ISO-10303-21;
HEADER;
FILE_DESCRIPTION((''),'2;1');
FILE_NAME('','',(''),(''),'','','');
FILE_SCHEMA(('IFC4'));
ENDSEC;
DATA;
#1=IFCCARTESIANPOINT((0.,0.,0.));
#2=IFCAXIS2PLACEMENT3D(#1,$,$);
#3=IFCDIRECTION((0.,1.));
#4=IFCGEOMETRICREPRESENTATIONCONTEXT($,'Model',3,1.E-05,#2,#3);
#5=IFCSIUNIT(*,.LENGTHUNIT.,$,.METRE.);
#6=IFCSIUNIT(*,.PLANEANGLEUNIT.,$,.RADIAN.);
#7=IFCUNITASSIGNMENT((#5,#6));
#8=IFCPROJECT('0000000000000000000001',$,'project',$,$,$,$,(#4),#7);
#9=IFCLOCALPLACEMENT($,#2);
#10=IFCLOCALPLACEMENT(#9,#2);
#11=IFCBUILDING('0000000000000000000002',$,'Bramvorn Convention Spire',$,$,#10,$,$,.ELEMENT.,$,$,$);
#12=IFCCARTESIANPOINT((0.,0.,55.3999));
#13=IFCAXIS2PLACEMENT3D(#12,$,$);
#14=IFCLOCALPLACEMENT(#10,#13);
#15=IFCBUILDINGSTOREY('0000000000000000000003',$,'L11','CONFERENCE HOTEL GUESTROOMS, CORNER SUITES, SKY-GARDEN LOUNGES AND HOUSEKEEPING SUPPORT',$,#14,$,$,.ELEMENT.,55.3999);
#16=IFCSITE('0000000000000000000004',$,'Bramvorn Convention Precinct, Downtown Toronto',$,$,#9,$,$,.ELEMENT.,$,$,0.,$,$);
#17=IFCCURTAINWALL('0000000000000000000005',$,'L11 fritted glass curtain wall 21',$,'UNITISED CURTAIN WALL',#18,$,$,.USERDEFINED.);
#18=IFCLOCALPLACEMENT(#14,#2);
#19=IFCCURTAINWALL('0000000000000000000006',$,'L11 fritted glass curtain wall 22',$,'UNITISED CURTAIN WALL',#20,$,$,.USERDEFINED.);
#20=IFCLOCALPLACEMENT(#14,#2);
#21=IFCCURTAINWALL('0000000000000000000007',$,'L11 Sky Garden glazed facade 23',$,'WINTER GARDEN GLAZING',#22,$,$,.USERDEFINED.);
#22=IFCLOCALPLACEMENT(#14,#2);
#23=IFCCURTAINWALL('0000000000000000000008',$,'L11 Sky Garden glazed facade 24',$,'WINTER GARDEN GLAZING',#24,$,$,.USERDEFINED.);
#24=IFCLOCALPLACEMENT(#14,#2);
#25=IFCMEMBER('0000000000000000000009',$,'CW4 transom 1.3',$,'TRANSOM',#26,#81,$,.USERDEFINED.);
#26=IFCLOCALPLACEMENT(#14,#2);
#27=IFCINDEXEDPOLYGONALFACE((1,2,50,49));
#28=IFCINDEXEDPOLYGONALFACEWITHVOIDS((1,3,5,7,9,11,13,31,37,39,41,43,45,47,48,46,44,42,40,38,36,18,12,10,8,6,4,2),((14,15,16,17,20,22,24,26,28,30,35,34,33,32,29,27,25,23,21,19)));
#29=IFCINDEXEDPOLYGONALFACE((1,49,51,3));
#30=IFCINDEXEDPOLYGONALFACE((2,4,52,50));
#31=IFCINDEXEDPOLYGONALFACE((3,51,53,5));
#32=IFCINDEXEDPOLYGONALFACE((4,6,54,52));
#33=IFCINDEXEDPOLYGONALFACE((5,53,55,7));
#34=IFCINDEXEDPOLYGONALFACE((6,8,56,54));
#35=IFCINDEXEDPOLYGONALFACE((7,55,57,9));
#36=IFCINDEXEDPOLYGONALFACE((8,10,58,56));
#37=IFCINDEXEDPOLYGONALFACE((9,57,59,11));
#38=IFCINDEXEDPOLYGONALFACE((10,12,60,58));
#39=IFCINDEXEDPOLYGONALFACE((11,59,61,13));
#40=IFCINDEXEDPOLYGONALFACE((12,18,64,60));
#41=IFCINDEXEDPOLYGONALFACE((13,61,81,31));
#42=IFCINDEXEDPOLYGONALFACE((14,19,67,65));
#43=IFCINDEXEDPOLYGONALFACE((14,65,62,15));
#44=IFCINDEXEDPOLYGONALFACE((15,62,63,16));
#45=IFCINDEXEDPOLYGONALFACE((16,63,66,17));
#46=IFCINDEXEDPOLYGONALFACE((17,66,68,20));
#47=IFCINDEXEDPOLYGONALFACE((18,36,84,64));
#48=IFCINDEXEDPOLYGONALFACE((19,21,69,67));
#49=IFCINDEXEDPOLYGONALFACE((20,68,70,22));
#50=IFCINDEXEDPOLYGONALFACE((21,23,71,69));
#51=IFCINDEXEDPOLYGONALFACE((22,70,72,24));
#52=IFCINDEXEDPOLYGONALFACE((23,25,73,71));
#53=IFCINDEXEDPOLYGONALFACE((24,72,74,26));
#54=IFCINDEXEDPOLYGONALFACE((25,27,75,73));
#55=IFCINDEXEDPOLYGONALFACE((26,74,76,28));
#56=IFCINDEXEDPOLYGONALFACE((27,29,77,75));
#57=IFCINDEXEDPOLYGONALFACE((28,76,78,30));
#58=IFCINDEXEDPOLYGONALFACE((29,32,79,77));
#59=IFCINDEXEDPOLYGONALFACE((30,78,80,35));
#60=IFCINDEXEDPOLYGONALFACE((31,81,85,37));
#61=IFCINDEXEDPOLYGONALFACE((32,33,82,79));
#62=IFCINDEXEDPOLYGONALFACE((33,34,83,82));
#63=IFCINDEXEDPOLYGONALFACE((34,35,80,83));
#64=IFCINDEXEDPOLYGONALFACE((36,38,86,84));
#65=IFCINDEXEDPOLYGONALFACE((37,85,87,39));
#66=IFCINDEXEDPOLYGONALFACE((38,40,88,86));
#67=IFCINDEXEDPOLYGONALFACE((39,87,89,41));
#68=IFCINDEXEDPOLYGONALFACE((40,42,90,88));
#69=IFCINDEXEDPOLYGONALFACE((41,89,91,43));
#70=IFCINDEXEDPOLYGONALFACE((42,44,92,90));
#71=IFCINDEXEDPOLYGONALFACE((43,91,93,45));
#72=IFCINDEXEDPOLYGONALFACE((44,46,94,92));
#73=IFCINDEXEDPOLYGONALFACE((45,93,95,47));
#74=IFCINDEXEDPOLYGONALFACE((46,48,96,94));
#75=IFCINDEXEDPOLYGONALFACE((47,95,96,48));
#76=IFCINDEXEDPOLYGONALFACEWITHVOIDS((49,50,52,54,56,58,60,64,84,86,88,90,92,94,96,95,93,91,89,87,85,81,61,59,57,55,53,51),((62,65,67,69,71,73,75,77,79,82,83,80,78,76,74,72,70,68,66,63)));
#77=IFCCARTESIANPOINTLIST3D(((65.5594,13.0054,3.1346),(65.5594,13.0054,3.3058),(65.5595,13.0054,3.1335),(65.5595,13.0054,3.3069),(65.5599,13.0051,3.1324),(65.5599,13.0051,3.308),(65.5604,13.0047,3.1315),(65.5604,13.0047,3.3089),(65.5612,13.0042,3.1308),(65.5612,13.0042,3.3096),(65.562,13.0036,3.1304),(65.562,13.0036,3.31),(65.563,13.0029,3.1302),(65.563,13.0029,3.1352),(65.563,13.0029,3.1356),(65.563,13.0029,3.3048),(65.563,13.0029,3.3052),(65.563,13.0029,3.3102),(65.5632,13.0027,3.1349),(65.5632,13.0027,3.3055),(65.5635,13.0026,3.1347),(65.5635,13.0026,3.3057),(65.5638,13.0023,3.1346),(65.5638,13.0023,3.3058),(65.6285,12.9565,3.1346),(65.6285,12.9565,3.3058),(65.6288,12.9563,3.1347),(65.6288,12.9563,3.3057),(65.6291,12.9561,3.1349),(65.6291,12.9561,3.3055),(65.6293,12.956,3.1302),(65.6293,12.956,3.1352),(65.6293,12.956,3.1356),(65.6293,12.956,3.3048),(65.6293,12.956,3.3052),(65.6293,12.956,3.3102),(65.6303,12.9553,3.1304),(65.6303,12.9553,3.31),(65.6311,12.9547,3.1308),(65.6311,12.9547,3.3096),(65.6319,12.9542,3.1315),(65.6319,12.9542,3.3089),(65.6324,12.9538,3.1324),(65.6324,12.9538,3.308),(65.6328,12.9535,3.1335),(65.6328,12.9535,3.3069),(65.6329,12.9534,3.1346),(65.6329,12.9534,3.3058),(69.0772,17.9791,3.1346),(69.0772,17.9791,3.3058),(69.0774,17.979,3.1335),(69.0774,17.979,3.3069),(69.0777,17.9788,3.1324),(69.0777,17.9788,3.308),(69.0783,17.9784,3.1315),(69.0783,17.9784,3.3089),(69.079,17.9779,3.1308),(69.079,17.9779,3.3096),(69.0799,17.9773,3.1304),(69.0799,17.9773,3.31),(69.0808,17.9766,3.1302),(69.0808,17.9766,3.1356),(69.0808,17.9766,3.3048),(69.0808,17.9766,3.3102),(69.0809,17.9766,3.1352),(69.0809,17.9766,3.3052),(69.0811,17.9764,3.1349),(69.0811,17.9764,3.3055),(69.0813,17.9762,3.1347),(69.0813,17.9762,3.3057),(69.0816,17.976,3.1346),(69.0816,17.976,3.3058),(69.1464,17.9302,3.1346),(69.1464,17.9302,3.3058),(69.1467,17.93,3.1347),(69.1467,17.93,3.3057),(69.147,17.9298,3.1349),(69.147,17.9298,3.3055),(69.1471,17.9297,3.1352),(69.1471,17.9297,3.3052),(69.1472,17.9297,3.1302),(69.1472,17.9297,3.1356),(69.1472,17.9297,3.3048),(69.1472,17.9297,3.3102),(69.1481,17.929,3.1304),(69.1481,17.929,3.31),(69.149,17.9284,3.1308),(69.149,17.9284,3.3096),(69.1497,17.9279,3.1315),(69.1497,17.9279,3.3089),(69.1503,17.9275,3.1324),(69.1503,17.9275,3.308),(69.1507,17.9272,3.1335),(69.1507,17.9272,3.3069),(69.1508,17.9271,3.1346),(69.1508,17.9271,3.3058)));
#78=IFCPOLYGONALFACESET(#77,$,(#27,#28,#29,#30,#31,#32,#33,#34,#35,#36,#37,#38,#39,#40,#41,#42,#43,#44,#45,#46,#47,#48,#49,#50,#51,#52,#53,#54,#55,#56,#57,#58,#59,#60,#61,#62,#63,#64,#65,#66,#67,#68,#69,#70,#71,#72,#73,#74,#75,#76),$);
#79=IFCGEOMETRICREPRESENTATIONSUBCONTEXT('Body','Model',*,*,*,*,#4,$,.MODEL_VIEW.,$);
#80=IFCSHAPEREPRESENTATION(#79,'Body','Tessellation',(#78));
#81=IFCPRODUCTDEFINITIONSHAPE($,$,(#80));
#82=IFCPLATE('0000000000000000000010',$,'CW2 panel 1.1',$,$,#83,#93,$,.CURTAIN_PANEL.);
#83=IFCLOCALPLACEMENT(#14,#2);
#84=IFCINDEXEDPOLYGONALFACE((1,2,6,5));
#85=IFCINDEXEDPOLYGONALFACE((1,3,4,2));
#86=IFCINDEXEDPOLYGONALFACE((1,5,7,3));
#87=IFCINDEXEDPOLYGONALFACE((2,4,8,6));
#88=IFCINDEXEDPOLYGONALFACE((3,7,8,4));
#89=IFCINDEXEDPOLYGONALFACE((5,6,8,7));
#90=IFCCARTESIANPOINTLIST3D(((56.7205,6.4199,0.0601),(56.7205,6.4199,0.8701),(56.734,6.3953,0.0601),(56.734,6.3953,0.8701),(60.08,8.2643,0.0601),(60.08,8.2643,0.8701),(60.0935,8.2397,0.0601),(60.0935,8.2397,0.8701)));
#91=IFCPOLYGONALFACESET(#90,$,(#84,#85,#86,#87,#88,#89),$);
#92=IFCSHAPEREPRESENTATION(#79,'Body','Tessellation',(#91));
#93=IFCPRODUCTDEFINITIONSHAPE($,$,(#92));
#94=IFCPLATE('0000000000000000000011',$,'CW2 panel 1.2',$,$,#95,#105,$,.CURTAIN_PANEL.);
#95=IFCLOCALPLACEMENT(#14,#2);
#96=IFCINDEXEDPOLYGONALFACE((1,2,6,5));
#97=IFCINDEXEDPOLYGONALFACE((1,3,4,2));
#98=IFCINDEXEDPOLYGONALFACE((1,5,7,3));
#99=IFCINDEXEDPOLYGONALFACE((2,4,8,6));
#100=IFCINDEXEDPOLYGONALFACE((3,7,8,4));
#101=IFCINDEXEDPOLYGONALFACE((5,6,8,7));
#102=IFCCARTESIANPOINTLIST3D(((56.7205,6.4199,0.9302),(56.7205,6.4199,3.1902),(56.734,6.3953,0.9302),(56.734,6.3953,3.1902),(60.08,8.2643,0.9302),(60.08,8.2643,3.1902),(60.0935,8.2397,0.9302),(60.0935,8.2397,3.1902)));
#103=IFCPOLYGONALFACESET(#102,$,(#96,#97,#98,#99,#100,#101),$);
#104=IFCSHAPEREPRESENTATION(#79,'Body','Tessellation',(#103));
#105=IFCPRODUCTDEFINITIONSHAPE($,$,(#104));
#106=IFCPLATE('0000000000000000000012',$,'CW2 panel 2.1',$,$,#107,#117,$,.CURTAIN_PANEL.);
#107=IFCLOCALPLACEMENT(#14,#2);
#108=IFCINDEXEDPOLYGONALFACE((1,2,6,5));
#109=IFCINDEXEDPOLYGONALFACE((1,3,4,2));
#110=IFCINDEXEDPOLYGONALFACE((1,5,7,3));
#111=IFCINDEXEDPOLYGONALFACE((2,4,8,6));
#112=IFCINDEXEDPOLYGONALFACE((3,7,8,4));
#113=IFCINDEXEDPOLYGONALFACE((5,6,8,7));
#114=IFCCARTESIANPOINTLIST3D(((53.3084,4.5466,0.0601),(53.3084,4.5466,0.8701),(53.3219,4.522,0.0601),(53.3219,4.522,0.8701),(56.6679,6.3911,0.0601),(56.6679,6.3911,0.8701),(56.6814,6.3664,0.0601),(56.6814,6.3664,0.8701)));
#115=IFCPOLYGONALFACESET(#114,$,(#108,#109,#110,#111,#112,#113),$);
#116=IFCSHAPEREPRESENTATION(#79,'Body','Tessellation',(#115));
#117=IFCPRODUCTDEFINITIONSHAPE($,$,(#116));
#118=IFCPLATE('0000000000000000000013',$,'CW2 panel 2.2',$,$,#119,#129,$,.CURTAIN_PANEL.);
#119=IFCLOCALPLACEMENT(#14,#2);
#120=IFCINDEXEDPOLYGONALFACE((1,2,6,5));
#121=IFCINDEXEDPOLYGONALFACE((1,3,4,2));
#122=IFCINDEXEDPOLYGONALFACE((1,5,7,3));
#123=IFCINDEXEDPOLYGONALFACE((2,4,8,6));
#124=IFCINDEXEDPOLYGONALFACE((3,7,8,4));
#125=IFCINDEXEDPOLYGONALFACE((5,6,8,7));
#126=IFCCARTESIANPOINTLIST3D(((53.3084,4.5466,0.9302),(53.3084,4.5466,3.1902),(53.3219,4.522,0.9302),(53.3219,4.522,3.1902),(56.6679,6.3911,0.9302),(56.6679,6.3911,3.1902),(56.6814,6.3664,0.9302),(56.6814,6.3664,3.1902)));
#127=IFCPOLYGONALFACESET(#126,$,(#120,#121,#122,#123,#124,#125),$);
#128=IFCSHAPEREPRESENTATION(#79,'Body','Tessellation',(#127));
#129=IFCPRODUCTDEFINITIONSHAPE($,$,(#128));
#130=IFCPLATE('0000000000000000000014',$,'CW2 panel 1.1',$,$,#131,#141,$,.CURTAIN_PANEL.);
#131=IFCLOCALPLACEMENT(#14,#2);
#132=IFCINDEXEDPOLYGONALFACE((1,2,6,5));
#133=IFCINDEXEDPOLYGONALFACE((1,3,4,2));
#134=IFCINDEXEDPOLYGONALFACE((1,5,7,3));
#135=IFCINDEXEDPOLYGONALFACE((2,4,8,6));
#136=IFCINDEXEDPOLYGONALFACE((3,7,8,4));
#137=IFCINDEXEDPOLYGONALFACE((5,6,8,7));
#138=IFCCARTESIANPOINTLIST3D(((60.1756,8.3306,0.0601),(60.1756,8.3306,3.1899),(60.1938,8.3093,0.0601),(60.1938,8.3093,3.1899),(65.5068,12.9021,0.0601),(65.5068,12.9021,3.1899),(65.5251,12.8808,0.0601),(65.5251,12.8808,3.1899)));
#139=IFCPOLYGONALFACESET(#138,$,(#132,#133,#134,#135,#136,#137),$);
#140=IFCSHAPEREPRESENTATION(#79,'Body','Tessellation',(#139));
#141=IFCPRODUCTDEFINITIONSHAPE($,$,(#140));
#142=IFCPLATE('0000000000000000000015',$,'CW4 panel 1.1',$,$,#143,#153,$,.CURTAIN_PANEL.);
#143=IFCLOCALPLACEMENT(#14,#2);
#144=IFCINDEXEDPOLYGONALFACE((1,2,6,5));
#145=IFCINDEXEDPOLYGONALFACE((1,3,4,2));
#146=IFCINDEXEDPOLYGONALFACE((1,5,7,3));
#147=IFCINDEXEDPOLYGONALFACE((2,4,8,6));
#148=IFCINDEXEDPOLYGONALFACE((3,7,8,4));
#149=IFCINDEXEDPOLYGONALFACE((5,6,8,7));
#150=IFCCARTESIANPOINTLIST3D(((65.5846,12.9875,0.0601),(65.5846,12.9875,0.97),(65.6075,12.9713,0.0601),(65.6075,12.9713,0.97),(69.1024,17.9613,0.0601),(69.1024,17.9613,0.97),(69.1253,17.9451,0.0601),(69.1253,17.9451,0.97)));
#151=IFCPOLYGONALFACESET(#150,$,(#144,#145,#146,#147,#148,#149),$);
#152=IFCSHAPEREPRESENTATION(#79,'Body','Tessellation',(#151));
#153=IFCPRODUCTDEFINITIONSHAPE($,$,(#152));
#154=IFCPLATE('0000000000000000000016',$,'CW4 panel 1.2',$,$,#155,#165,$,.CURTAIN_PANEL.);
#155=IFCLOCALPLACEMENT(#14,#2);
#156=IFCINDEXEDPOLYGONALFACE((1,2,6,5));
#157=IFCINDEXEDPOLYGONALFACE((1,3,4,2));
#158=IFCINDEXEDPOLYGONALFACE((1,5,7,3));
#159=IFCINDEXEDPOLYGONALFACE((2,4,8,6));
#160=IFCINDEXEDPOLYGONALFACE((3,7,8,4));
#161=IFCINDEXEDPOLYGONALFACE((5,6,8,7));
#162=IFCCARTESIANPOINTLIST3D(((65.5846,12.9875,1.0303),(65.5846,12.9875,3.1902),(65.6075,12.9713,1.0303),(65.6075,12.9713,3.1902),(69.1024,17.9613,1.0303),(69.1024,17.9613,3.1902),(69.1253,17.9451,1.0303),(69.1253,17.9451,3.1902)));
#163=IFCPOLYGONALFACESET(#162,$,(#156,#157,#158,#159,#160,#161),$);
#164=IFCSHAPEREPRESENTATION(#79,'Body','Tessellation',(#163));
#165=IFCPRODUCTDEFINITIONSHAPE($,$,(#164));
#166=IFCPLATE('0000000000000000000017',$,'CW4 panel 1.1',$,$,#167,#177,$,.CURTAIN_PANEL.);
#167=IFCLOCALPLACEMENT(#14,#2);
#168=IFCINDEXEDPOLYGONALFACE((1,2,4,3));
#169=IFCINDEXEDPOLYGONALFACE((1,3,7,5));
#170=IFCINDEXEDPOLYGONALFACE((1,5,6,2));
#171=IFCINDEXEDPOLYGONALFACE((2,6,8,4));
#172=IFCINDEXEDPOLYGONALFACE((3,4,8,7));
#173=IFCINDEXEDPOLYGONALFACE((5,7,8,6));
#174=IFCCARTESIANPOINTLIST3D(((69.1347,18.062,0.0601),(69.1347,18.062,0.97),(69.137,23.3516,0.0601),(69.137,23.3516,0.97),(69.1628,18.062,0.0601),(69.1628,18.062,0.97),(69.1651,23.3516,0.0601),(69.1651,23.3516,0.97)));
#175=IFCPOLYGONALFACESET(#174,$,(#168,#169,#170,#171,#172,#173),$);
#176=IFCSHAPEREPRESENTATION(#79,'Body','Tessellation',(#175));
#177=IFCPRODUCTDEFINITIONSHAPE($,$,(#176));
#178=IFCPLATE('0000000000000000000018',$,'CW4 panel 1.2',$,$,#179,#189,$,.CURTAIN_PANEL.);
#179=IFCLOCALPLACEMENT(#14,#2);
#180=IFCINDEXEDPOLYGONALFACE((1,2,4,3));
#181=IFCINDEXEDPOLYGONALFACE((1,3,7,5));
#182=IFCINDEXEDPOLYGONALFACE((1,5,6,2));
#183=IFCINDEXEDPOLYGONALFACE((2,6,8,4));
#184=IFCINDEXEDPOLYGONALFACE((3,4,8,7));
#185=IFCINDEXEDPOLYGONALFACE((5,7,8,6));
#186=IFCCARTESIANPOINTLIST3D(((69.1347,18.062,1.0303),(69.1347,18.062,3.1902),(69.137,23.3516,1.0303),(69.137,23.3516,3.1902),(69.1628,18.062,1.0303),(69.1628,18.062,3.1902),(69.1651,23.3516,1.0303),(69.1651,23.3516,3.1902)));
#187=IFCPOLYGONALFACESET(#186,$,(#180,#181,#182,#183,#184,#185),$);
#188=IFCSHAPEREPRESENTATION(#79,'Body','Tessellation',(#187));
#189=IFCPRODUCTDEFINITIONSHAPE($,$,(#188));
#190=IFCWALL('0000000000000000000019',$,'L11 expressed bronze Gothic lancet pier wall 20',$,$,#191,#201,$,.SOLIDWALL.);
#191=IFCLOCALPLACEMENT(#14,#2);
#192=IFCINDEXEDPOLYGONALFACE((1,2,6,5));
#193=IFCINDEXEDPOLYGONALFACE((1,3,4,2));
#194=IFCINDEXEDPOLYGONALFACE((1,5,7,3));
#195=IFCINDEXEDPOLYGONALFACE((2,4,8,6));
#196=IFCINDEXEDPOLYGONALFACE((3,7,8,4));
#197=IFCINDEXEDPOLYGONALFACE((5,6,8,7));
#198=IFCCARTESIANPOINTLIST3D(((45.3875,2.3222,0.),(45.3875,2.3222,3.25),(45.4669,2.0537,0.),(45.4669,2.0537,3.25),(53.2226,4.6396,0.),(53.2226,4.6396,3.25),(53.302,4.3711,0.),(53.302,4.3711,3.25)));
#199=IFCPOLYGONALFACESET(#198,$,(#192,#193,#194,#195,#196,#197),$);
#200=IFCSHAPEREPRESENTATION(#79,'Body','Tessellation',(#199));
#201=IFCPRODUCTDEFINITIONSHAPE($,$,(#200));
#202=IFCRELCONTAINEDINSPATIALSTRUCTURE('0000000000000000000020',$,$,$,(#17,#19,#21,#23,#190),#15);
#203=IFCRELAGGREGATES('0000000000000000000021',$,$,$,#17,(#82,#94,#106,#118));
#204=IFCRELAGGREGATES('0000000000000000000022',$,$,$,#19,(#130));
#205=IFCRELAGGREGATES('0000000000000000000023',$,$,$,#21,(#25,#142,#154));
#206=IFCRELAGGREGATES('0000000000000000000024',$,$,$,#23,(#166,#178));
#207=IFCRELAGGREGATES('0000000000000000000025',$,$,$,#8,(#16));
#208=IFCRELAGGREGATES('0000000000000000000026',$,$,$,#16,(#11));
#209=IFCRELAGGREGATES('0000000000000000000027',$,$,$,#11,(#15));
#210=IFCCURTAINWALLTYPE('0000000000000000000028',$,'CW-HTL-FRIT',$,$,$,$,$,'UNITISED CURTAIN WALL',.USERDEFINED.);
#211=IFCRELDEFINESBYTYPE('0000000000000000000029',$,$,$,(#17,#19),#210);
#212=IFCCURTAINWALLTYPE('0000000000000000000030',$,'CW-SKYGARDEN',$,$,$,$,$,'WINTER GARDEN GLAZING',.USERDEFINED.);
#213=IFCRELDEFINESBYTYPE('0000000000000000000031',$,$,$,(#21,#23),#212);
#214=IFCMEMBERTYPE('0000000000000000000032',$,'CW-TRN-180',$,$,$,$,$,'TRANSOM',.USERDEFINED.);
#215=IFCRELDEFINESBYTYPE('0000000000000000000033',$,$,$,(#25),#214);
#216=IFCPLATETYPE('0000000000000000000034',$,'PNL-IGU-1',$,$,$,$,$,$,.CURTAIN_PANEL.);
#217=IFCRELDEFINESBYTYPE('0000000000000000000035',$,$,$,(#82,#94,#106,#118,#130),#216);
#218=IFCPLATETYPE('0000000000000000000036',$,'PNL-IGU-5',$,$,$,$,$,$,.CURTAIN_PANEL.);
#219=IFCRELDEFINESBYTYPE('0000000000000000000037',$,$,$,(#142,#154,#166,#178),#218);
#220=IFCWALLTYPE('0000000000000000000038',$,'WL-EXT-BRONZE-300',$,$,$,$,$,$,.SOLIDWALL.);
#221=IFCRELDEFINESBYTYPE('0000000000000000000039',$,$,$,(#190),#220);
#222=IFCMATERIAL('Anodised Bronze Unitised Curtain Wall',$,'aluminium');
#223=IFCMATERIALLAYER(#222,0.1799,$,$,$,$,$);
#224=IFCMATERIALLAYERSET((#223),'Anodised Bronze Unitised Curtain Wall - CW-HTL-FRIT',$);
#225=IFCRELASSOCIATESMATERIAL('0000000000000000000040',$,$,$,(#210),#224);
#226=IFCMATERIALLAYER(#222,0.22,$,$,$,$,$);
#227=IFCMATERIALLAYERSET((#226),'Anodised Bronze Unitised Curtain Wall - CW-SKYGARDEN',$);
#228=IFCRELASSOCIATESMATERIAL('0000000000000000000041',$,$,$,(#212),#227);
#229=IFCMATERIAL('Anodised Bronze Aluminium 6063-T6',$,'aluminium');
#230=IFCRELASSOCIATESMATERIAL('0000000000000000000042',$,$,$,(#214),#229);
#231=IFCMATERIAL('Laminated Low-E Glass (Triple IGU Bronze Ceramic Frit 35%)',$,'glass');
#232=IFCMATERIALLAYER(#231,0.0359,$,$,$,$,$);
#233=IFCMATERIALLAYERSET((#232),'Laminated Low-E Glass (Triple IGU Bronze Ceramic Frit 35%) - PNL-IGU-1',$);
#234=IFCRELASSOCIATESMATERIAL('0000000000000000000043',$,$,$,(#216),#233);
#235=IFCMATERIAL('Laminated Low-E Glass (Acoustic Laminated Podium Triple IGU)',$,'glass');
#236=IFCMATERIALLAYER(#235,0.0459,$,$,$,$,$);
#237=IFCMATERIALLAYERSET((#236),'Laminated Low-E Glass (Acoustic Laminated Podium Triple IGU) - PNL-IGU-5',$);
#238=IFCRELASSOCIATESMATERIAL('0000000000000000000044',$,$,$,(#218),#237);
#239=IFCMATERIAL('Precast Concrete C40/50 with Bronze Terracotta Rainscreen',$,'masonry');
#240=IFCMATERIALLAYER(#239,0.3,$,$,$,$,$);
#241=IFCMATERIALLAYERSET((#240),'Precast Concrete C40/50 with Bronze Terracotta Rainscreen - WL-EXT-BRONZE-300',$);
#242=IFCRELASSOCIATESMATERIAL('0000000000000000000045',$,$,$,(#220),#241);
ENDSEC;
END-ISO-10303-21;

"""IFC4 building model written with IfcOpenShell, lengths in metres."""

from ifc_helpers import new_model, si_unit, direction, frame, frame_2d, origin, origin_2d, place, context, subcontext, project, spatial, rectangle, hollow_rectangle, extrude, material, layer, layer_set, material_profile, profile_set, type_object, element, aggregate, save


model = new_model("IFC4")

# Units and contexts
model_context = context("Model", 3, precision=1e-05, world=origin(), true_north=direction((0.0, 1.0)))
body_context = subcontext(model_context, "Body", "Model", "MODEL_VIEW")
ifc_project = project(units=[si_unit("LENGTHUNIT", "METRE"), si_unit("PLANEANGLEUNIT", "RADIAN")], contexts=[model_context])

# Site, building, storey
site_placement = place(None, origin())
site = spatial("IfcSite", under=ifc_project, at=site_placement, Name="Bramvorn Convention Precinct, Downtown Toronto", CompositionType="ELEMENT", RefElevation=0.0)
building_placement = place(site_placement, origin())
building = spatial("IfcBuilding", under=site, at=building_placement, Name="Bramvorn Convention Spire", CompositionType="ELEMENT")
storey_placement = place(building_placement, frame((0.0, 0.0, 55.3999)))
storey = spatial("IfcBuildingStorey", under=building, at=storey_placement, Name="L11", Description="CONFERENCE HOTEL GUESTROOMS, CORNER SUITES, SKY-GARDEN LOUNGES AND HOUSEKEEPING SUPPORT", CompositionType="ELEMENT", Elevation=55.3999)

# Curtain walls
ifc_material_1 = material(Name="Anodised Bronze Unitised Curtain Wall", Category="aluminium")
ifc_layer_1 = layer(ifc_material_1, 0.1799)
ifc_layer_set_1 = layer_set([ifc_layer_1], Name="Anodised Bronze Unitised Curtain Wall - CW-HTL-FRIT")
curtain_wall_type_1 = type_object("IfcCurtainWallType", Name="CW-HTL-FRIT", ElementType="UNITISED CURTAIN WALL", PredefinedType="USERDEFINED", material=ifc_layer_set_1)
curtain_wall_1_placement = place(storey_placement, origin())
curtain_wall_1 = element("IfcCurtainWall", 1, at=curtain_wall_1_placement, inside=storey, type_object=curtain_wall_type_1, Name="L11 fritted glass curtain wall 21", ObjectType="UNITISED CURTAIN WALL", PredefinedType="USERDEFINED")
ifc_material_2 = material(Name="Anodised Bronze Aluminium 6063-T6", Category="aluminium")
curtain_wall_2_placement = place(storey_placement, origin())
curtain_wall_2 = element("IfcCurtainWall", 2, at=curtain_wall_2_placement, inside=storey, type_object=curtain_wall_type_1, Name="L11 fritted glass curtain wall 22", ObjectType="UNITISED CURTAIN WALL", PredefinedType="USERDEFINED")
ifc_layer_2 = layer(ifc_material_1, 0.22)
ifc_layer_set_2 = layer_set([ifc_layer_2], Name="Anodised Bronze Unitised Curtain Wall - CW-SKYGARDEN")
curtain_wall_type_2 = type_object("IfcCurtainWallType", Name="CW-SKYGARDEN", ElementType="WINTER GARDEN GLAZING", PredefinedType="USERDEFINED", material=ifc_layer_set_2)
curtain_wall_3_placement = place(storey_placement, origin())
curtain_wall_3 = element("IfcCurtainWall", 3, at=curtain_wall_3_placement, inside=storey, type_object=curtain_wall_type_2, Name="L11 Sky Garden glazed facade 23", ObjectType="WINTER GARDEN GLAZING", PredefinedType="USERDEFINED")

# Curtain wall
curtain_wall_4_placement = place(storey_placement, origin())
curtain_wall_4 = element("IfcCurtainWall", 4, at=curtain_wall_4_placement, inside=storey, type_object=curtain_wall_type_2, Name="L11 Sky Garden glazed facade 24", ObjectType="WINTER GARDEN GLAZING", PredefinedType="USERDEFINED")

# Member
ifc_material_profile_1 = material_profile(ifc_material_2, hollow_rectangle(XDim=0.0901, YDim=0.1799, WallThickness=0.0044, InnerFilletRadius=0.001, OuterFilletRadius=0.0044, at=origin_2d()))
ifc_profile_set_1 = profile_set([ifc_material_profile_1], Name="Anodised Bronze Aluminium 6063-T6 - CWT90X180")
member_type_1 = type_object("IfcMemberType", Name="CW-TRN-180", ElementType="TRANSOM", PredefinedType="USERDEFINED", material=ifc_profile_set_1)
member_1_placement = place(storey_placement, frame((69.114, 17.9531, 3.2202), z_axis=(-0.577452, -0.816424, 0.0), x_axis=(0.816424, -0.577452, 0.0)))
member_1 = element("IfcMember", 5, at=member_1_placement, type_object=member_type_1, Name="CW4 transom 1.3", ObjectType="TRANSOM", PredefinedType="USERDEFINED", context=body_context, shape_type="SweptSolid", body=[
    extrude(hollow_rectangle(XDim=0.0901, YDim=0.1799, WallThickness=0.0044, InnerFilletRadius=0.001, OuterFilletRadius=0.0044, at=origin_2d()), origin(), (0.0, 0.0, 1.0), 6.092),
])

# Plates
ifc_material_3 = material(Name="Laminated Low-E Glass (Triple IGU Bronze Ceramic Frit 35%)", Category="glass")
ifc_layer_3 = layer(ifc_material_3, 0.0359)
ifc_layer_set_3 = layer_set([ifc_layer_3], Name="Laminated Low-E Glass (Triple IGU Bronze Ceramic Frit 35%) - PNL-IGU-1")
plate_type_1 = type_object("IfcPlateType", Name="PNL-IGU-1", PredefinedType="CURTAIN_PANEL", material=ifc_layer_set_3)
plate_1_placement = place(storey_placement, frame((58.407, 7.3298, 0.0601), z_axis=(0.0, 0.0, 1.0), x_axis=(-0.876581, -0.481255, 0.0)))
plate_1 = element("IfcPlate", 6, at=plate_1_placement, type_object=plate_type_1, Name="CW2 panel 1.1", PredefinedType="CURTAIN_PANEL", context=body_context, shape_type="SweptSolid", body=[
    extrude(rectangle(XDim=3.8325, YDim=0.0281, at=origin_2d()), origin(), (0.0, 0.0, 1.0), 0.8101),
])
plate_2_placement = place(storey_placement, frame((58.407, 7.3298, 0.9302), z_axis=(0.0, 0.0, 1.0), x_axis=(-0.876581, -0.481255, 0.0)))
plate_2 = element("IfcPlate", 7, at=plate_2_placement, type_object=plate_type_1, Name="CW2 panel 1.2", PredefinedType="CURTAIN_PANEL", context=body_context, shape_type="SweptSolid", body=[
    extrude(rectangle(XDim=3.8325, YDim=0.0281, at=origin_2d()), origin(), (0.0, 0.0, 1.0), 2.26),
])
plate_3_placement = place(storey_placement, frame((54.9949, 5.4565, 0.0601), z_axis=(0.0, 0.0, 1.0), x_axis=(-0.876581, -0.481255, 0.0)))
plate_3 = element("IfcPlate", 8, at=plate_3_placement, type_object=plate_type_1, Name="CW2 panel 2.1", PredefinedType="CURTAIN_PANEL", context=body_context, shape_type="SweptSolid", body=[
    extrude(rectangle(XDim=3.8325, YDim=0.0281, at=origin_2d()), origin(), (0.0, 0.0, 1.0), 0.8101),
])
plate_4_placement = place(storey_placement, frame((54.9949, 5.4565, 0.9302), z_axis=(0.0, 0.0, 1.0), x_axis=(-0.876581, -0.481255, 0.0)))
plate_4 = element("IfcPlate", 9, at=plate_4_placement, type_object=plate_type_1, Name="CW2 panel 2.2", PredefinedType="CURTAIN_PANEL", context=body_context, shape_type="SweptSolid", body=[
    extrude(rectangle(XDim=3.8325, YDim=0.0281, at=origin_2d()), origin(), (0.0, 0.0, 1.0), 2.26),
])
aggregate(curtain_wall_1, [plate_1, plate_2, plate_3, plate_4])
plate_5_placement = place(storey_placement, frame((62.8503, 10.6057, 0.0601), z_axis=(0.0, 0.0, 1.0), x_axis=(-0.759124, -0.650946, 0.0)))
plate_5 = element("IfcPlate", 10, at=plate_5_placement, type_object=plate_type_1, Name="CW2 panel 1.1", PredefinedType="CURTAIN_PANEL", context=body_context, shape_type="SweptSolid", body=[
    extrude(rectangle(XDim=7.0229, YDim=0.0281, at=origin_2d()), origin(), (0.0, 0.0, 1.0), 3.1299),
])
aggregate(curtain_wall_2, [plate_5])
ifc_material_4 = material(Name="Laminated Low-E Glass (Acoustic Laminated Podium Triple IGU)", Category="glass")
ifc_layer_4 = layer(ifc_material_4, 0.0459)
ifc_layer_set_4 = layer_set([ifc_layer_4], Name="Laminated Low-E Glass (Acoustic Laminated Podium Triple IGU) - PNL-IGU-5")
plate_type_2 = type_object("IfcPlateType", Name="PNL-IGU-5", PredefinedType="CURTAIN_PANEL", material=ifc_layer_set_4)
plate_6_placement = place(storey_placement, frame((67.355, 15.4663, 0.0601), z_axis=(0.0, 0.0, 1.0), x_axis=(-0.577443, -0.816431, 0.0)))
plate_6 = element("IfcPlate", 11, at=plate_6_placement, type_object=plate_type_2, Name="CW4 panel 1.1", PredefinedType="CURTAIN_PANEL", context=body_context, shape_type="SweptSolid", body=[
    extrude(rectangle(XDim=6.092, YDim=0.0281, at=origin_2d()), origin(), (0.0, 0.0, 1.0), 0.9099),
])
plate_7_placement = place(storey_placement, frame((67.355, 15.4663, 1.0303), z_axis=(0.0, 0.0, 1.0), x_axis=(-0.577443, -0.816431, 0.0)))
plate_7 = element("IfcPlate", 12, at=plate_7_placement, type_object=plate_type_2, Name="CW4 panel 1.2", PredefinedType="CURTAIN_PANEL", context=body_context, shape_type="SweptSolid", body=[
    extrude(rectangle(XDim=6.092, YDim=0.0281, at=origin_2d()), origin(), (0.0, 0.0, 1.0), 2.1599),
])
aggregate(curtain_wall_3, [member_1, plate_6, plate_7])
plate_8_placement = place(storey_placement, frame((69.1499, 20.7068, 0.0601), z_axis=(0.0, 0.0, 1.0), x_axis=(-0.000444, -1.0, 0.0)))
plate_8 = element("IfcPlate", 13, at=plate_8_placement, type_object=plate_type_2, Name="CW4 panel 1.1", PredefinedType="CURTAIN_PANEL", context=body_context, shape_type="SweptSolid", body=[
    extrude(rectangle(XDim=5.2896, YDim=0.0281, at=origin_2d()), origin(), (0.0, 0.0, 1.0), 0.9099),
])
plate_9_placement = place(storey_placement, frame((69.1499, 20.7068, 1.0303), z_axis=(0.0, 0.0, 1.0), x_axis=(-0.000444, -1.0, 0.0)))
plate_9 = element("IfcPlate", 14, at=plate_9_placement, type_object=plate_type_2, Name="CW4 panel 1.2", PredefinedType="CURTAIN_PANEL", context=body_context, shape_type="SweptSolid", body=[
    extrude(rectangle(XDim=5.2896, YDim=0.0281, at=origin_2d()), origin(), (0.0, 0.0, 1.0), 2.1599),
])
aggregate(curtain_wall_4, [plate_8, plate_9])

# Wall
ifc_material_5 = material(Name="Precast Concrete C40/50 with Bronze Terracotta Rainscreen", Category="masonry")
ifc_layer_5 = layer(ifc_material_5, 0.3)
ifc_layer_set_5 = layer_set([ifc_layer_5], Name="Precast Concrete C40/50 with Bronze Terracotta Rainscreen - WL-EXT-BRONZE-300")
wall_type_1 = type_object("IfcWallType", Name="WL-EXT-BRONZE-300", PredefinedType="SOLIDWALL", material=ifc_layer_set_5)
wall_1_placement = place(storey_placement, frame((53.2625, 4.5054, 0.0), z_axis=(0.0, 0.0, 1.0), x_axis=(-0.958937, -0.28362, 0.0)))
element("IfcWall", 15, at=wall_1_placement, inside=storey, type_object=wall_type_1, Name="L11 expressed bronze Gothic lancet pier wall 20", PredefinedType="SOLIDWALL", context=body_context, shape_type="SweptSolid", body=[
    extrude(rectangle(XDim=8.1707, YDim=0.28, at=frame_2d((4.0854, 0.0))), origin(), (0.0, 0.0, 1.0), 3.25),
])

save(model, "model.ifc")
